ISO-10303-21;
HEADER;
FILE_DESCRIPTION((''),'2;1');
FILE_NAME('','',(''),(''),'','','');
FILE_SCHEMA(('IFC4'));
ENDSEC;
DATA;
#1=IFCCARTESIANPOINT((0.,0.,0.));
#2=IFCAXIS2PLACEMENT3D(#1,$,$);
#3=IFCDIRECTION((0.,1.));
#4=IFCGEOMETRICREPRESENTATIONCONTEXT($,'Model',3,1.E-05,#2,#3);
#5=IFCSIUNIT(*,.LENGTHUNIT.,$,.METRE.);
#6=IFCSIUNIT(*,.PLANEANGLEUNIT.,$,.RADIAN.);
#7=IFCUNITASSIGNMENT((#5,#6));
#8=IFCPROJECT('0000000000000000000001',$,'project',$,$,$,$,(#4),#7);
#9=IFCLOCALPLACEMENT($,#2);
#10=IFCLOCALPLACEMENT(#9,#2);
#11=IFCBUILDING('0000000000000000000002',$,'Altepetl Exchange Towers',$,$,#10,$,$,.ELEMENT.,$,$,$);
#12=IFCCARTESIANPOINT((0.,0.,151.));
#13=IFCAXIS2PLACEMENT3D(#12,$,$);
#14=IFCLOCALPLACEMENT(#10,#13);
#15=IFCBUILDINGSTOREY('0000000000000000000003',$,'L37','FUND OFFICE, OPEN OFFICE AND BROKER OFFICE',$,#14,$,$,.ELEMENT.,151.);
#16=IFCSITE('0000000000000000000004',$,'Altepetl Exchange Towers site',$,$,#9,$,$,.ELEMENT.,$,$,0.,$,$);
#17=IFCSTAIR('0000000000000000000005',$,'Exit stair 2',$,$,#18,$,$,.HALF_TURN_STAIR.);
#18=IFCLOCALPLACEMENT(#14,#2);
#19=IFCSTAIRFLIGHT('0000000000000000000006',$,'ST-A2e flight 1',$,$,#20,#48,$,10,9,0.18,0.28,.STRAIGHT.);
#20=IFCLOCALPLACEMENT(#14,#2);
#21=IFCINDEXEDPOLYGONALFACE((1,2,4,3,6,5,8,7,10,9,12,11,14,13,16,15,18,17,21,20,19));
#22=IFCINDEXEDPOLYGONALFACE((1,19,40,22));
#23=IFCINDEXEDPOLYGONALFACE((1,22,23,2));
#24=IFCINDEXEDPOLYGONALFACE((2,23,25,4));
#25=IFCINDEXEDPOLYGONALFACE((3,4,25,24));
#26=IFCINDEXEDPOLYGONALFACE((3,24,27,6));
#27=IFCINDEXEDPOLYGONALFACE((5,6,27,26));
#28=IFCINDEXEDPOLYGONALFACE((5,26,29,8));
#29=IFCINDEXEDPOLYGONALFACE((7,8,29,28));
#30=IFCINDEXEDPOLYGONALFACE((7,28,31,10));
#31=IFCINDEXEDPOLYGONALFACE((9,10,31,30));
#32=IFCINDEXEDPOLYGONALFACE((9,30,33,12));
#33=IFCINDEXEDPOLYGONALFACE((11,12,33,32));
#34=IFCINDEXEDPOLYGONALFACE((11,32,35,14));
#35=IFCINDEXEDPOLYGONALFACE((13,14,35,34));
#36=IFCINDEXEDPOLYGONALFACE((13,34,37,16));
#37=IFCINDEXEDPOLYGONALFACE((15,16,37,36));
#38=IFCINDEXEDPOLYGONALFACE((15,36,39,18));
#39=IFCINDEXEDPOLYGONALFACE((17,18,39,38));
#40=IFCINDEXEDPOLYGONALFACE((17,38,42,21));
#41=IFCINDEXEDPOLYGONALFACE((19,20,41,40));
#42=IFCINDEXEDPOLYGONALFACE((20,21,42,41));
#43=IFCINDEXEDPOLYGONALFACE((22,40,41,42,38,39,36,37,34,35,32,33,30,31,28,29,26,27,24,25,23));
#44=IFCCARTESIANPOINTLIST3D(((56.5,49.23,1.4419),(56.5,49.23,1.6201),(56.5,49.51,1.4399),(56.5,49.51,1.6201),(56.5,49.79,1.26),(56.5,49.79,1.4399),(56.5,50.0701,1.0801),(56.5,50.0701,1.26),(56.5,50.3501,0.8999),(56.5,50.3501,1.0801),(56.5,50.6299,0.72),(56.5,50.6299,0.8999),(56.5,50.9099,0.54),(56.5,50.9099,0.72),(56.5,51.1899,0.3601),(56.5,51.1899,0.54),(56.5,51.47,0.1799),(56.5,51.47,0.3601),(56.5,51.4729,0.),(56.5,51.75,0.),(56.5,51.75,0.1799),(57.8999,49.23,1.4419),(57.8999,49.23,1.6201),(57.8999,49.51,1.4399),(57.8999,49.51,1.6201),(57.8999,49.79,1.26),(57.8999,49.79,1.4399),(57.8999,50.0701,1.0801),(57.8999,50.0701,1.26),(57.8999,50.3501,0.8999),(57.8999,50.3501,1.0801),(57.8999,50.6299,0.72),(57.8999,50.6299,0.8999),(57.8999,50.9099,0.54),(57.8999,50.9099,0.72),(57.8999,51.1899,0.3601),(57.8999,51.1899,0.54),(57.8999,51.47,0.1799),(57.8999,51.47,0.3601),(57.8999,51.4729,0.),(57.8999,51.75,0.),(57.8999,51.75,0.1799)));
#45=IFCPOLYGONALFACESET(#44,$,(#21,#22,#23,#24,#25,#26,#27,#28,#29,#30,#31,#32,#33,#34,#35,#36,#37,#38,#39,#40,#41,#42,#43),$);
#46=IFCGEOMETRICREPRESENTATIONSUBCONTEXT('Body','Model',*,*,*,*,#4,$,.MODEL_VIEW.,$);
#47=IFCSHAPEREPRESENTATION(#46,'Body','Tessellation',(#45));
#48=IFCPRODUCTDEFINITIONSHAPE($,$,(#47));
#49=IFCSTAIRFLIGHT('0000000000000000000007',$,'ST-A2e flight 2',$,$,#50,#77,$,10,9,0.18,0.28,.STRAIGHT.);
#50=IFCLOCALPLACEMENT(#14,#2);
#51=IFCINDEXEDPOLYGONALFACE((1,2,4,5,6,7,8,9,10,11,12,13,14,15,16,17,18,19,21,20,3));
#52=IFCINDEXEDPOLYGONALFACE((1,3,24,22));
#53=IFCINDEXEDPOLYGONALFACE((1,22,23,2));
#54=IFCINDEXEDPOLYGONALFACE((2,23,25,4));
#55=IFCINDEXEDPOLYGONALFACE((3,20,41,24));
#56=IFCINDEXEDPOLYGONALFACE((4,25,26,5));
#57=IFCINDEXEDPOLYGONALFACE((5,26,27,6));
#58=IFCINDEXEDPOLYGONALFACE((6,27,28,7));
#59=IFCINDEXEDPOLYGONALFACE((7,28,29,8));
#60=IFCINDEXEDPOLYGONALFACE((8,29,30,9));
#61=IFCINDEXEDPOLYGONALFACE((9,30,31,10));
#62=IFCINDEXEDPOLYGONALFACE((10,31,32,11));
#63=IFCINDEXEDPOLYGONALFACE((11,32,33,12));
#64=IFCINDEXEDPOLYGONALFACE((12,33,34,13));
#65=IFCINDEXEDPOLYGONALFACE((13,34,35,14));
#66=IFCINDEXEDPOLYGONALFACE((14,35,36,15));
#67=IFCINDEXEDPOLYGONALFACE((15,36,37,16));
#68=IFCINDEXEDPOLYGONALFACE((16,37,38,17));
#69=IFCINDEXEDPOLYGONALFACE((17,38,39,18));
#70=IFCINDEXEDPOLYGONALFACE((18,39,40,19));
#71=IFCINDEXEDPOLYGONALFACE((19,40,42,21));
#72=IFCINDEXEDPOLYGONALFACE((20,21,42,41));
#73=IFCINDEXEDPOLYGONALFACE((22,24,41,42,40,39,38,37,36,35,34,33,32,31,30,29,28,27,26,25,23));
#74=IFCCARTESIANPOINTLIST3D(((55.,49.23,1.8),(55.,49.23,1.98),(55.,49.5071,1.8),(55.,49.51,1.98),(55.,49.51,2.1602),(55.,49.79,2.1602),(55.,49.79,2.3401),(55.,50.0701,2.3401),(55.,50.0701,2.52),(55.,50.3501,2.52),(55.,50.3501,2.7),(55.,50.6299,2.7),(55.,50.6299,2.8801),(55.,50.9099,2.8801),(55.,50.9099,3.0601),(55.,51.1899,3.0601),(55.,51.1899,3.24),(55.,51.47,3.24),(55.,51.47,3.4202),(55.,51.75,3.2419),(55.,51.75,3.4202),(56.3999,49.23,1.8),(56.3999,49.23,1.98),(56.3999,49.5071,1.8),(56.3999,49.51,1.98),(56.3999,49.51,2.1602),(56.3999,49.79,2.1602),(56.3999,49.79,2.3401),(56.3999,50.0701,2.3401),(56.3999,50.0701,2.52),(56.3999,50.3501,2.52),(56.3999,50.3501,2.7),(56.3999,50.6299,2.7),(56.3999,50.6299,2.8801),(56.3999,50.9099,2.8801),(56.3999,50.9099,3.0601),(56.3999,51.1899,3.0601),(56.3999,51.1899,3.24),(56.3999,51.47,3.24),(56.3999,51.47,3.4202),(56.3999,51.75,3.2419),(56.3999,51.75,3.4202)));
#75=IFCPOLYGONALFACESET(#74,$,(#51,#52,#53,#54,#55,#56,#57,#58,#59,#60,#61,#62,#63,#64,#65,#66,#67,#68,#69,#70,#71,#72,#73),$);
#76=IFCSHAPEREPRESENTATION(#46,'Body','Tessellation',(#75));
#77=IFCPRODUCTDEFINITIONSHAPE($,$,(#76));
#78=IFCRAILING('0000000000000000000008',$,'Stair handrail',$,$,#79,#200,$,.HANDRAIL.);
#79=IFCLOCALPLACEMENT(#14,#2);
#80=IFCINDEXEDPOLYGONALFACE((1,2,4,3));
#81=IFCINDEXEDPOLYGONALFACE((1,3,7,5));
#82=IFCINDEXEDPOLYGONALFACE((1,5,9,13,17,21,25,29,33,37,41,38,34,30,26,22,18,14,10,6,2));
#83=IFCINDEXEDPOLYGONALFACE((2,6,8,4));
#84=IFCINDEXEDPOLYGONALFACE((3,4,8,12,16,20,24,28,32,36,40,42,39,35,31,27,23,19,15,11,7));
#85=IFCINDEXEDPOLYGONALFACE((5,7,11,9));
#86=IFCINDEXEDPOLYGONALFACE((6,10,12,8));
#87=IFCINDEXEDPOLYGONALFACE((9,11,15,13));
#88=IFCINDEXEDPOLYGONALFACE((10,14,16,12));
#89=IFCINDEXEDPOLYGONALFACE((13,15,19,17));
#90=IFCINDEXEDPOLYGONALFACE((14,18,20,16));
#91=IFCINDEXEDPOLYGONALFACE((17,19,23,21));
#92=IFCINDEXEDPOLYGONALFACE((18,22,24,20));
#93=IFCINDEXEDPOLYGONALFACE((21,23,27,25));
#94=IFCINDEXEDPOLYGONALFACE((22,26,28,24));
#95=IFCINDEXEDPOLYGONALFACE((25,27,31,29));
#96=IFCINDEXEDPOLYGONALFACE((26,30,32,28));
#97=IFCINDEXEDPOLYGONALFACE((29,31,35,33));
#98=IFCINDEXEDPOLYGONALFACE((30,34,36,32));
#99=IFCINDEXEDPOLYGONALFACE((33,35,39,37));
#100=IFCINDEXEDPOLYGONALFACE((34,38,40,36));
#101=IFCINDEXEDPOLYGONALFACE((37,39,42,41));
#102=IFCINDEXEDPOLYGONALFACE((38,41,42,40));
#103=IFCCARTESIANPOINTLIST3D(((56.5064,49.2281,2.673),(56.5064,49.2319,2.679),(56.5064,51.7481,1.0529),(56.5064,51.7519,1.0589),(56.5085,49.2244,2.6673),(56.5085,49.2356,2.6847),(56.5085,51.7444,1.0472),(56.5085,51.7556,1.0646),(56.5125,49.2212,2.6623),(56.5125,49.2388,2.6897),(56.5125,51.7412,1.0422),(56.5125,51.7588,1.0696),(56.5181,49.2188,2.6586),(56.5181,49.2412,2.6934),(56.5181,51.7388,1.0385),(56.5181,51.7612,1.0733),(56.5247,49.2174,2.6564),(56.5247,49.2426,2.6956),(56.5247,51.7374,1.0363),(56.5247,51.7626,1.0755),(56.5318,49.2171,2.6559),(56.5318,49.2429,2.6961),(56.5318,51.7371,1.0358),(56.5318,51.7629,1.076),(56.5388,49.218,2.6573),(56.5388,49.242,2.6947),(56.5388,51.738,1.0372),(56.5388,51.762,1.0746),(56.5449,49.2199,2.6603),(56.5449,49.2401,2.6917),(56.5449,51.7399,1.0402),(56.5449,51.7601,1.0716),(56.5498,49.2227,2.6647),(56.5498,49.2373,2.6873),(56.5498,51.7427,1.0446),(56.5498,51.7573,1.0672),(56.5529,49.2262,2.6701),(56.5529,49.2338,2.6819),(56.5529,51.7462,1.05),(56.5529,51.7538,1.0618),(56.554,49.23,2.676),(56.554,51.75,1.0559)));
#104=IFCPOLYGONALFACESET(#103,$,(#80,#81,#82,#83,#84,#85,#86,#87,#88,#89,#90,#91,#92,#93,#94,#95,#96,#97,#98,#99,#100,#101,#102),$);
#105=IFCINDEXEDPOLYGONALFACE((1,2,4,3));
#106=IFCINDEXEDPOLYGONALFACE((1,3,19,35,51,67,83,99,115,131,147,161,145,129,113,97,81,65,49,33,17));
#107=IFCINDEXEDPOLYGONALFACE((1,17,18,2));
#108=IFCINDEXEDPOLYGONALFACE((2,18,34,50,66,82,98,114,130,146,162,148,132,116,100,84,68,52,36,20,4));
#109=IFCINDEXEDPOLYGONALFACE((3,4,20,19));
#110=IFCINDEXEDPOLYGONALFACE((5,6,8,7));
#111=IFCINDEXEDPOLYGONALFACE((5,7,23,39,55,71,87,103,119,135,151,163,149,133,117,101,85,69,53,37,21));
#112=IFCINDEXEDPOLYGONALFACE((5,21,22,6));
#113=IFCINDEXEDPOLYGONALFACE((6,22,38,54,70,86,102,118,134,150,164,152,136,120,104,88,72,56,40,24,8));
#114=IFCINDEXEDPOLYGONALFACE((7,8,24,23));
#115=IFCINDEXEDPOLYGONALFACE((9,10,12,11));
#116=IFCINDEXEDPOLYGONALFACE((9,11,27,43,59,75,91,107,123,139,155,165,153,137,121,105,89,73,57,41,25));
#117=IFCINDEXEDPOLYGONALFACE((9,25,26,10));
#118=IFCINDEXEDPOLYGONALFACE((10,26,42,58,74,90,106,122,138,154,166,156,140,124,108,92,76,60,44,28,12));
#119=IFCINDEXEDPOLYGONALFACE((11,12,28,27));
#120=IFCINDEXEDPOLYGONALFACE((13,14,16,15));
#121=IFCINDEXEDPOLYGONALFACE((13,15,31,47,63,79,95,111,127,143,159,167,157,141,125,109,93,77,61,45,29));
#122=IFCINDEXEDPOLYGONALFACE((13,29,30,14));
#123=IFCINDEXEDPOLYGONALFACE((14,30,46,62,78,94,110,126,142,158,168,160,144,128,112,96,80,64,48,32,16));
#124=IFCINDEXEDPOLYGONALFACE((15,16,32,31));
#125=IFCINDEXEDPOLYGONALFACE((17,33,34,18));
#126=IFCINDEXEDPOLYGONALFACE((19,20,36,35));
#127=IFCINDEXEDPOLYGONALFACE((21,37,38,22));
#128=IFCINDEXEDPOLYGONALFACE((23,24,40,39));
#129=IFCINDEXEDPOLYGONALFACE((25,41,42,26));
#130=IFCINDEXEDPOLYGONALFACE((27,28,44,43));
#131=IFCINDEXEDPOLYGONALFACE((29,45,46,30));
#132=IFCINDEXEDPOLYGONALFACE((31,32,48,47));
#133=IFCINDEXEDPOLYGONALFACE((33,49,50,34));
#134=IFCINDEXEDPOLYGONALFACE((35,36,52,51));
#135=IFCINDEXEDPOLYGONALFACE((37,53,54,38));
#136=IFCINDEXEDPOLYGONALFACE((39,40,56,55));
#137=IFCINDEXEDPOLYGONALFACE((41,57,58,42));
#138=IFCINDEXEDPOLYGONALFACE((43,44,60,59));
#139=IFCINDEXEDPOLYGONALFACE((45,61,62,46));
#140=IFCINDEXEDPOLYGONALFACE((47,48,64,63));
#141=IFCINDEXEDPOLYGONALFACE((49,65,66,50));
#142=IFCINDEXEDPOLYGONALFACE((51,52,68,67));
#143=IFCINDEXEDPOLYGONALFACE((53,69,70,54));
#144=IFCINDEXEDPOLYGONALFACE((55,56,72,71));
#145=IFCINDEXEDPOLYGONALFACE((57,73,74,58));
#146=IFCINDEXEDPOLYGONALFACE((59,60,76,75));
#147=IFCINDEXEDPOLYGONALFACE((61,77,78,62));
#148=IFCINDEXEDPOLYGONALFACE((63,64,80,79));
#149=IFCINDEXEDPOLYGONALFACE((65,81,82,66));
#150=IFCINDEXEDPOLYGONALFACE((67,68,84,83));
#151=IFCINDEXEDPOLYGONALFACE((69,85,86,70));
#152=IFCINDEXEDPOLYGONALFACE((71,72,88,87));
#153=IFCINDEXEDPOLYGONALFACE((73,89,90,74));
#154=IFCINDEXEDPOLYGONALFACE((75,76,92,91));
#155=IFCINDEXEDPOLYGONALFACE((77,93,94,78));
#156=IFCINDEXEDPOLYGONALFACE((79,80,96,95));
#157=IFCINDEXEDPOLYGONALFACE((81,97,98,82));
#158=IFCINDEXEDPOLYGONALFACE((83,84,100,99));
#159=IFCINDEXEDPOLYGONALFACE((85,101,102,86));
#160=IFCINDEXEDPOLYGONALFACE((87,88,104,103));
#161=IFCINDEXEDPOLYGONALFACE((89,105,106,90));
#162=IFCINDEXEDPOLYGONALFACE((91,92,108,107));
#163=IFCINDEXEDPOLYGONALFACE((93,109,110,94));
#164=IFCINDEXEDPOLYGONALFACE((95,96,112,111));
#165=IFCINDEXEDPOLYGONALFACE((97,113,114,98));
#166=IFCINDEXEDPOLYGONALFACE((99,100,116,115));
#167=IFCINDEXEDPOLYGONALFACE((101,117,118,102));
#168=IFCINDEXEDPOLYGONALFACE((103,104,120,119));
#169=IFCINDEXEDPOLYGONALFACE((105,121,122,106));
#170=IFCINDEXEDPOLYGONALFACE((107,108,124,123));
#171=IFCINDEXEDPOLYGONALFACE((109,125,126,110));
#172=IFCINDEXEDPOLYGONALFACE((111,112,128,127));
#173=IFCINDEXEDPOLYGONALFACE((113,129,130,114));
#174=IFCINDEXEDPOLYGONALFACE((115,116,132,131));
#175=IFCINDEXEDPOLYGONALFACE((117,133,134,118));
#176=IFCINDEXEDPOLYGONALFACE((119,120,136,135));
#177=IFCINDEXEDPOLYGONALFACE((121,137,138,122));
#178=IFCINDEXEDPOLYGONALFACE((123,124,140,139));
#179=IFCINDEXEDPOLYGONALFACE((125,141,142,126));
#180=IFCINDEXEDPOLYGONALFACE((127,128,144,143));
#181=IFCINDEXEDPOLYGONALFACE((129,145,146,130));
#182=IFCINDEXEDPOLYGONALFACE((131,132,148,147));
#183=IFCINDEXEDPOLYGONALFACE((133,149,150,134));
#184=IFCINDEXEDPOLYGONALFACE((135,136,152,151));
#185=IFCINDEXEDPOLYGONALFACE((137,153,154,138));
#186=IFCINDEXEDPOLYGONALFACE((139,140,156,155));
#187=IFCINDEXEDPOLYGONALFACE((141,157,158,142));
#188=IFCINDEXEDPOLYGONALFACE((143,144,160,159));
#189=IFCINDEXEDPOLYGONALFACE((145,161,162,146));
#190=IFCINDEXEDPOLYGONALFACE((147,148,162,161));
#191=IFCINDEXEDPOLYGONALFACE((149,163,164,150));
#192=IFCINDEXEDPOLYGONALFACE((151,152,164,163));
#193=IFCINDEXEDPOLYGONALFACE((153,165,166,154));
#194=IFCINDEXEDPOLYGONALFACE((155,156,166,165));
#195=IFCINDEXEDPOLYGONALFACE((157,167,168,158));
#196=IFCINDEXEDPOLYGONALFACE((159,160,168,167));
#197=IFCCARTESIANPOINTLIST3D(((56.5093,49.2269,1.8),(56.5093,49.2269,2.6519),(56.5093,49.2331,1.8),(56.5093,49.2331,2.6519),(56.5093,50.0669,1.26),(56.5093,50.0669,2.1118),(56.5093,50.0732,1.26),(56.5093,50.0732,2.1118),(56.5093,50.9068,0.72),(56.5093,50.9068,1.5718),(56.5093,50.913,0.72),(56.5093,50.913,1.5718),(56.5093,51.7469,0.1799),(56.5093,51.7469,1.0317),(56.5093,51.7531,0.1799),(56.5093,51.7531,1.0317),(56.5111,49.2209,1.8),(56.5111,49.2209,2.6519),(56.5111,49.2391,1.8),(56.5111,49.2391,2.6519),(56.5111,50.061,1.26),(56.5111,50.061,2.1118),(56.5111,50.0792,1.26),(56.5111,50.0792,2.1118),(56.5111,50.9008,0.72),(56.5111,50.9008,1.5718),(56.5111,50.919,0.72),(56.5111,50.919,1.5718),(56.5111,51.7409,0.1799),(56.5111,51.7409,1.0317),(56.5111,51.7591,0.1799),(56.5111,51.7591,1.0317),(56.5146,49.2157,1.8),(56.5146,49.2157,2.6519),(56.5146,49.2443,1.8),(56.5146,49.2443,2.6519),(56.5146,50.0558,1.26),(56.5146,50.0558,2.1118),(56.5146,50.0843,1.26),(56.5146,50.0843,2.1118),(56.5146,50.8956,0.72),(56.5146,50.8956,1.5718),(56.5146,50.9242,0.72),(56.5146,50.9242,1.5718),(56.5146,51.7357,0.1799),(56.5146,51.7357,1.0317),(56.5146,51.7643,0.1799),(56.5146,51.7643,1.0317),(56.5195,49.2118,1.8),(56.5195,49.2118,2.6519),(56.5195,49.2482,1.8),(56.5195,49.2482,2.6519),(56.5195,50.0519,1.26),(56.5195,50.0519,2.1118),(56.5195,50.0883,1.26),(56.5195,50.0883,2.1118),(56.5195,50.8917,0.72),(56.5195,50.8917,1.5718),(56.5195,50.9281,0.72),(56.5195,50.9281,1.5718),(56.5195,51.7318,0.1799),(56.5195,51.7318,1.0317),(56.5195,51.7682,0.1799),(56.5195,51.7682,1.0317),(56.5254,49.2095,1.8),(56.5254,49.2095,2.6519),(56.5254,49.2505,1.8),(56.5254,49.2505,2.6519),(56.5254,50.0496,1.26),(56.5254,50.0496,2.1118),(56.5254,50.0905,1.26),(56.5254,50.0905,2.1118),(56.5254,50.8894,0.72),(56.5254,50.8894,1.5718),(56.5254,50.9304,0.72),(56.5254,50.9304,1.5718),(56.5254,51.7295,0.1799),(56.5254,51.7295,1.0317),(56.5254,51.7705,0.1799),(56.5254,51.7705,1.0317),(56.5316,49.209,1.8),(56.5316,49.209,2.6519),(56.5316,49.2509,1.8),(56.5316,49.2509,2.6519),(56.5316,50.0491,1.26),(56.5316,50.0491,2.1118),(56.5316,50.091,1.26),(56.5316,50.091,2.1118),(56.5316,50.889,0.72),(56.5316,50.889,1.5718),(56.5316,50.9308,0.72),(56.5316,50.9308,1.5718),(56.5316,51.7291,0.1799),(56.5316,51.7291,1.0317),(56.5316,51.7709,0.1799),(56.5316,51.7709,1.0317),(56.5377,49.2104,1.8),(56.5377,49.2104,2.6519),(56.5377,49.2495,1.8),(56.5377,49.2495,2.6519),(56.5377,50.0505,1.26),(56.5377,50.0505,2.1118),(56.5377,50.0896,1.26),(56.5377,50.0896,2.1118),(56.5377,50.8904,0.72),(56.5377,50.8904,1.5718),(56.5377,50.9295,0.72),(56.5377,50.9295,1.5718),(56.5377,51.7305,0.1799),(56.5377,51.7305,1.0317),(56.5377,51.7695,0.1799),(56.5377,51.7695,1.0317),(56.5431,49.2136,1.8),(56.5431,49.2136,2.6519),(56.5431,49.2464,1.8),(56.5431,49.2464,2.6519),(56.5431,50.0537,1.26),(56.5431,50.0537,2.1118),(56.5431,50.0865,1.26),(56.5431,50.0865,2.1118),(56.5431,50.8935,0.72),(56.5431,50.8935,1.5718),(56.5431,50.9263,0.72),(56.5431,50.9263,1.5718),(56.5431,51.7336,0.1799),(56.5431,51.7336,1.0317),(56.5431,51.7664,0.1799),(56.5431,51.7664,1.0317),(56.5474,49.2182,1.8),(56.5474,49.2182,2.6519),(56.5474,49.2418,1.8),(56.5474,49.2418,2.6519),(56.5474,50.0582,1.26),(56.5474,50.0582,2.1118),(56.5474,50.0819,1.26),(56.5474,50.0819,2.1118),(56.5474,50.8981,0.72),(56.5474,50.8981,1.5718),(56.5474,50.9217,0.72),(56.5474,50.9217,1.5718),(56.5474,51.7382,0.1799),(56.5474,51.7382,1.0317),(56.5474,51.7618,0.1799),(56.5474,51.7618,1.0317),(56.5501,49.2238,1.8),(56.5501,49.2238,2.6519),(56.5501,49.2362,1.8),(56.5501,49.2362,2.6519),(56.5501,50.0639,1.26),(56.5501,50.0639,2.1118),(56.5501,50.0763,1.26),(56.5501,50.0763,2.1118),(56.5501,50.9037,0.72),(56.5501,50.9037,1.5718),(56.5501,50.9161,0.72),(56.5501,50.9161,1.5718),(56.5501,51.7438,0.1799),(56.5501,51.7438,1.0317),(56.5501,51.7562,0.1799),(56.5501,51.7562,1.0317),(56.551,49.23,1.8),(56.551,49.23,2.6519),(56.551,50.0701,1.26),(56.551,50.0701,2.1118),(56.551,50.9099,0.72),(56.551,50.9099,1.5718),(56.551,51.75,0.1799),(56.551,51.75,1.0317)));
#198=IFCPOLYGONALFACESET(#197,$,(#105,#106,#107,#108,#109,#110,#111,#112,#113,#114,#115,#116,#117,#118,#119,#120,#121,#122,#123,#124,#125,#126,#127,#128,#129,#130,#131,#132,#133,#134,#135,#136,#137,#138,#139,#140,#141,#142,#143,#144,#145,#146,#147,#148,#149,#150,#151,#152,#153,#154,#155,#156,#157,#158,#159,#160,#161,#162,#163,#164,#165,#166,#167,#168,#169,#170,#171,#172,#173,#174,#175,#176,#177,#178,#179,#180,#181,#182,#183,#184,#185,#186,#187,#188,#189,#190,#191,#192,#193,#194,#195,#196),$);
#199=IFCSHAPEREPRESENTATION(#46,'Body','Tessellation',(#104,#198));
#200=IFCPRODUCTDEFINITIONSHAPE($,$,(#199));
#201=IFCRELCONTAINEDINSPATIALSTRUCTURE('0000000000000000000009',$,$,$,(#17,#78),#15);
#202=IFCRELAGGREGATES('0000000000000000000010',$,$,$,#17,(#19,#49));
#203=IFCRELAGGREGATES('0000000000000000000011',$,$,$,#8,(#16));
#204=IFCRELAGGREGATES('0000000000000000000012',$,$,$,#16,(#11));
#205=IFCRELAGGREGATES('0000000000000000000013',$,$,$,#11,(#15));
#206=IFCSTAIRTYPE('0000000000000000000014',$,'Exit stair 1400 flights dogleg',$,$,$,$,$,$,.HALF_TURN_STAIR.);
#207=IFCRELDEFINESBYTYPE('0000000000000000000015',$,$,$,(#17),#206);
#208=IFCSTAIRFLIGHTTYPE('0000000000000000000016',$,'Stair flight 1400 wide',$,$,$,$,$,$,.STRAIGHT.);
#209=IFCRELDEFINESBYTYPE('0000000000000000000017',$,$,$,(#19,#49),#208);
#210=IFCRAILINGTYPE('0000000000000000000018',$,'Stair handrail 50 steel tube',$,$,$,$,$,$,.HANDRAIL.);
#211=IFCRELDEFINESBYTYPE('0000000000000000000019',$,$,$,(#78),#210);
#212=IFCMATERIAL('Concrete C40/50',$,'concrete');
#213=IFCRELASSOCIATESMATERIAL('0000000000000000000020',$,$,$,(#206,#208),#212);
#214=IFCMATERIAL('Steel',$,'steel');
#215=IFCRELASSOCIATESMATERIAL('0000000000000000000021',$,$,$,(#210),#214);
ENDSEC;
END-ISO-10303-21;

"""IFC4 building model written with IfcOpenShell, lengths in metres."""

from ifc_helpers import new_model, si_unit, direction, frame, origin, origin_2d, place, context, subcontext, project, spatial, polyline, circle, outline, extrude, source, transform, mapped, material, type_object, element, aggregate, save


model = new_model("IFC4")

# Units and contexts
model_context = context("Model", 3, precision=1e-05, world=origin(), true_north=direction((0.0, 1.0)))
body_context = subcontext(model_context, "Body", "Model", "MODEL_VIEW")
ifc_project = project(units=[si_unit("LENGTHUNIT", "METRE"), si_unit("PLANEANGLEUNIT", "RADIAN")], contexts=[model_context])

# Site, building, storey
site_placement = place(None, origin())
site = spatial("IfcSite", under=ifc_project, at=site_placement, Name="Altepetl Exchange Towers site", CompositionType="ELEMENT", RefElevation=0.0)
building_placement = place(site_placement, origin())
building = spatial("IfcBuilding", under=site, at=building_placement, Name="Altepetl Exchange Towers", CompositionType="ELEMENT")
storey_placement = place(building_placement, frame((0.0, 0.0, 151.0)))
storey = spatial("IfcBuildingStorey", under=building, at=storey_placement, Name="L37", Description="FUND OFFICE, OPEN OFFICE AND BROKER OFFICE", CompositionType="ELEMENT", Elevation=151.0)

# Shared definitions
ifc_material_1 = material(Name="Concrete C40/50", Category="concrete")

# Stair, stair flights
stair_type = type_object("IfcStairType", Name="Exit stair 1400 flights dogleg", PredefinedType="HALF_TURN_STAIR", material=ifc_material_1)
stair_placement = place(storey_placement, origin())
stair = element("IfcStair", 1, at=stair_placement, inside=storey, type_object=stair_type, Name="Exit stair 2", PredefinedType="HALF_TURN_STAIR")
stair_flight_type = type_object("IfcStairFlightType", Name="Stair flight 1400 wide", PredefinedType="STRAIGHT", material=ifc_material_1)
stair_flight_1_placement = place(storey_placement, frame((57.2, 51.75, 0.0), z_axis=(0.0, 0.0, 1.0), x_axis=(0.0, -1.0, 0.0)))
stair_flight_1 = element("IfcStairFlight", 2, at=stair_flight_1_placement, type_object=stair_flight_type, Name="ST-A2e flight 1", NumberOfRisers=10, NumberOfTreads=9, PredefinedType="STRAIGHT", RiserHeight=0.18, TreadLength=0.28, context=body_context, shape_type="SweptSolid", body=[
    extrude(outline(polyline([(0.0, 0.0), (0.0, 0.1799), (0.28, 0.1799), (0.28, 0.3601), (0.5601, 0.3601), (0.5601, 0.54), (0.8401, 0.54), (0.8401, 0.72), (1.1201, 0.72), (1.1201, 0.8999), (1.3999, 0.8999), (1.3999, 1.0801), (1.6799, 1.0801), (1.6799, 1.26), (1.96, 1.26), (1.96, 1.4399), (2.24, 1.4399), (2.24, 1.6201), (2.52, 1.6201), (2.52, 1.8), (2.52, 1.4419), (0.2771, 0.0), (0.0, 0.0)])), frame((0.0, 0.7, 0.0), z_axis=(0.0, -1.0, 0.0), x_axis=(1.0, 0.0, 0.0)), (0.0, 0.0, 1.0), 1.3999),
])
stair_flight_2_placement = place(storey_placement, frame((55.7, 49.23, 1.8), z_axis=(0.0, 0.0, 1.0), x_axis=(0.0, 1.0, 0.0)))
stair_flight_2 = element("IfcStairFlight", 3, at=stair_flight_2_placement, type_object=stair_flight_type, Name="ST-A2e flight 2", NumberOfRisers=10, NumberOfTreads=9, PredefinedType="STRAIGHT", RiserHeight=0.18, TreadLength=0.28, context=body_context, shape_type="SweptSolid", body=[
    extrude(outline(polyline([(0.0, 0.0), (0.0, 0.1799), (0.28, 0.1799), (0.28, 0.3601), (0.5601, 0.3601), (0.5601, 0.54), (0.8401, 0.54), (0.8401, 0.72), (1.1201, 0.72), (1.1201, 0.8999), (1.3999, 0.8999), (1.3999, 1.0801), (1.6799, 1.0801), (1.6799, 1.26), (1.96, 1.26), (1.96, 1.4399), (2.24, 1.4399), (2.24, 1.6201), (2.52, 1.6201), (2.52, 1.8), (2.52, 1.4419), (0.2771, 0.0), (0.0, 0.0)])), frame((0.0, 0.7, 0.0), z_axis=(0.0, -1.0, 0.0), x_axis=(1.0, 0.0, 0.0)), (0.0, 0.0, 1.0), 1.3999),
])
aggregate(stair, [stair_flight_1, stair_flight_2])

# Railing
ifc_material_2 = material(Name="Steel", Category="steel")
railing_type = type_object("IfcRailingType", Name="Stair handrail 50 steel tube", PredefinedType="HANDRAIL", material=ifc_material_2)
shared_shape = source(origin(), body_context, "Body", "SweptSolid", [
    extrude(circle(Radius=0.021, at=origin_2d()), origin(), (0.0, 0.0, 1.0), 0.8518),
])
railing_1_placement = place(storey_placement, frame((56.53, 51.75, 0.1799)))
element("IfcRailing", 4, at=railing_1_placement, inside=storey, type_object=railing_type, Name="Stair handrail", PredefinedType="HANDRAIL", context=body_context, shape_type="SweptSolid", body=[
    extrude(circle(Radius=0.0239, at=origin_2d()), frame((0.0, 0.0, 0.876), z_axis=(0.0, -0.841163, 0.540782), x_axis=(1.0, 0.0, 0.0)), (0.0, 0.0, 1.0), 2.9958),
    mapped(shared_shape, transform((0.0, 0.0, 0.0))),
    mapped(shared_shape, transform((0.0, -0.8401, 0.54))),
    mapped(shared_shape, transform((0.0, -1.6799, 1.0801))),
    mapped(shared_shape, transform((0.0, -2.52, 1.6201))),
])

save(model, "model.ifc")
